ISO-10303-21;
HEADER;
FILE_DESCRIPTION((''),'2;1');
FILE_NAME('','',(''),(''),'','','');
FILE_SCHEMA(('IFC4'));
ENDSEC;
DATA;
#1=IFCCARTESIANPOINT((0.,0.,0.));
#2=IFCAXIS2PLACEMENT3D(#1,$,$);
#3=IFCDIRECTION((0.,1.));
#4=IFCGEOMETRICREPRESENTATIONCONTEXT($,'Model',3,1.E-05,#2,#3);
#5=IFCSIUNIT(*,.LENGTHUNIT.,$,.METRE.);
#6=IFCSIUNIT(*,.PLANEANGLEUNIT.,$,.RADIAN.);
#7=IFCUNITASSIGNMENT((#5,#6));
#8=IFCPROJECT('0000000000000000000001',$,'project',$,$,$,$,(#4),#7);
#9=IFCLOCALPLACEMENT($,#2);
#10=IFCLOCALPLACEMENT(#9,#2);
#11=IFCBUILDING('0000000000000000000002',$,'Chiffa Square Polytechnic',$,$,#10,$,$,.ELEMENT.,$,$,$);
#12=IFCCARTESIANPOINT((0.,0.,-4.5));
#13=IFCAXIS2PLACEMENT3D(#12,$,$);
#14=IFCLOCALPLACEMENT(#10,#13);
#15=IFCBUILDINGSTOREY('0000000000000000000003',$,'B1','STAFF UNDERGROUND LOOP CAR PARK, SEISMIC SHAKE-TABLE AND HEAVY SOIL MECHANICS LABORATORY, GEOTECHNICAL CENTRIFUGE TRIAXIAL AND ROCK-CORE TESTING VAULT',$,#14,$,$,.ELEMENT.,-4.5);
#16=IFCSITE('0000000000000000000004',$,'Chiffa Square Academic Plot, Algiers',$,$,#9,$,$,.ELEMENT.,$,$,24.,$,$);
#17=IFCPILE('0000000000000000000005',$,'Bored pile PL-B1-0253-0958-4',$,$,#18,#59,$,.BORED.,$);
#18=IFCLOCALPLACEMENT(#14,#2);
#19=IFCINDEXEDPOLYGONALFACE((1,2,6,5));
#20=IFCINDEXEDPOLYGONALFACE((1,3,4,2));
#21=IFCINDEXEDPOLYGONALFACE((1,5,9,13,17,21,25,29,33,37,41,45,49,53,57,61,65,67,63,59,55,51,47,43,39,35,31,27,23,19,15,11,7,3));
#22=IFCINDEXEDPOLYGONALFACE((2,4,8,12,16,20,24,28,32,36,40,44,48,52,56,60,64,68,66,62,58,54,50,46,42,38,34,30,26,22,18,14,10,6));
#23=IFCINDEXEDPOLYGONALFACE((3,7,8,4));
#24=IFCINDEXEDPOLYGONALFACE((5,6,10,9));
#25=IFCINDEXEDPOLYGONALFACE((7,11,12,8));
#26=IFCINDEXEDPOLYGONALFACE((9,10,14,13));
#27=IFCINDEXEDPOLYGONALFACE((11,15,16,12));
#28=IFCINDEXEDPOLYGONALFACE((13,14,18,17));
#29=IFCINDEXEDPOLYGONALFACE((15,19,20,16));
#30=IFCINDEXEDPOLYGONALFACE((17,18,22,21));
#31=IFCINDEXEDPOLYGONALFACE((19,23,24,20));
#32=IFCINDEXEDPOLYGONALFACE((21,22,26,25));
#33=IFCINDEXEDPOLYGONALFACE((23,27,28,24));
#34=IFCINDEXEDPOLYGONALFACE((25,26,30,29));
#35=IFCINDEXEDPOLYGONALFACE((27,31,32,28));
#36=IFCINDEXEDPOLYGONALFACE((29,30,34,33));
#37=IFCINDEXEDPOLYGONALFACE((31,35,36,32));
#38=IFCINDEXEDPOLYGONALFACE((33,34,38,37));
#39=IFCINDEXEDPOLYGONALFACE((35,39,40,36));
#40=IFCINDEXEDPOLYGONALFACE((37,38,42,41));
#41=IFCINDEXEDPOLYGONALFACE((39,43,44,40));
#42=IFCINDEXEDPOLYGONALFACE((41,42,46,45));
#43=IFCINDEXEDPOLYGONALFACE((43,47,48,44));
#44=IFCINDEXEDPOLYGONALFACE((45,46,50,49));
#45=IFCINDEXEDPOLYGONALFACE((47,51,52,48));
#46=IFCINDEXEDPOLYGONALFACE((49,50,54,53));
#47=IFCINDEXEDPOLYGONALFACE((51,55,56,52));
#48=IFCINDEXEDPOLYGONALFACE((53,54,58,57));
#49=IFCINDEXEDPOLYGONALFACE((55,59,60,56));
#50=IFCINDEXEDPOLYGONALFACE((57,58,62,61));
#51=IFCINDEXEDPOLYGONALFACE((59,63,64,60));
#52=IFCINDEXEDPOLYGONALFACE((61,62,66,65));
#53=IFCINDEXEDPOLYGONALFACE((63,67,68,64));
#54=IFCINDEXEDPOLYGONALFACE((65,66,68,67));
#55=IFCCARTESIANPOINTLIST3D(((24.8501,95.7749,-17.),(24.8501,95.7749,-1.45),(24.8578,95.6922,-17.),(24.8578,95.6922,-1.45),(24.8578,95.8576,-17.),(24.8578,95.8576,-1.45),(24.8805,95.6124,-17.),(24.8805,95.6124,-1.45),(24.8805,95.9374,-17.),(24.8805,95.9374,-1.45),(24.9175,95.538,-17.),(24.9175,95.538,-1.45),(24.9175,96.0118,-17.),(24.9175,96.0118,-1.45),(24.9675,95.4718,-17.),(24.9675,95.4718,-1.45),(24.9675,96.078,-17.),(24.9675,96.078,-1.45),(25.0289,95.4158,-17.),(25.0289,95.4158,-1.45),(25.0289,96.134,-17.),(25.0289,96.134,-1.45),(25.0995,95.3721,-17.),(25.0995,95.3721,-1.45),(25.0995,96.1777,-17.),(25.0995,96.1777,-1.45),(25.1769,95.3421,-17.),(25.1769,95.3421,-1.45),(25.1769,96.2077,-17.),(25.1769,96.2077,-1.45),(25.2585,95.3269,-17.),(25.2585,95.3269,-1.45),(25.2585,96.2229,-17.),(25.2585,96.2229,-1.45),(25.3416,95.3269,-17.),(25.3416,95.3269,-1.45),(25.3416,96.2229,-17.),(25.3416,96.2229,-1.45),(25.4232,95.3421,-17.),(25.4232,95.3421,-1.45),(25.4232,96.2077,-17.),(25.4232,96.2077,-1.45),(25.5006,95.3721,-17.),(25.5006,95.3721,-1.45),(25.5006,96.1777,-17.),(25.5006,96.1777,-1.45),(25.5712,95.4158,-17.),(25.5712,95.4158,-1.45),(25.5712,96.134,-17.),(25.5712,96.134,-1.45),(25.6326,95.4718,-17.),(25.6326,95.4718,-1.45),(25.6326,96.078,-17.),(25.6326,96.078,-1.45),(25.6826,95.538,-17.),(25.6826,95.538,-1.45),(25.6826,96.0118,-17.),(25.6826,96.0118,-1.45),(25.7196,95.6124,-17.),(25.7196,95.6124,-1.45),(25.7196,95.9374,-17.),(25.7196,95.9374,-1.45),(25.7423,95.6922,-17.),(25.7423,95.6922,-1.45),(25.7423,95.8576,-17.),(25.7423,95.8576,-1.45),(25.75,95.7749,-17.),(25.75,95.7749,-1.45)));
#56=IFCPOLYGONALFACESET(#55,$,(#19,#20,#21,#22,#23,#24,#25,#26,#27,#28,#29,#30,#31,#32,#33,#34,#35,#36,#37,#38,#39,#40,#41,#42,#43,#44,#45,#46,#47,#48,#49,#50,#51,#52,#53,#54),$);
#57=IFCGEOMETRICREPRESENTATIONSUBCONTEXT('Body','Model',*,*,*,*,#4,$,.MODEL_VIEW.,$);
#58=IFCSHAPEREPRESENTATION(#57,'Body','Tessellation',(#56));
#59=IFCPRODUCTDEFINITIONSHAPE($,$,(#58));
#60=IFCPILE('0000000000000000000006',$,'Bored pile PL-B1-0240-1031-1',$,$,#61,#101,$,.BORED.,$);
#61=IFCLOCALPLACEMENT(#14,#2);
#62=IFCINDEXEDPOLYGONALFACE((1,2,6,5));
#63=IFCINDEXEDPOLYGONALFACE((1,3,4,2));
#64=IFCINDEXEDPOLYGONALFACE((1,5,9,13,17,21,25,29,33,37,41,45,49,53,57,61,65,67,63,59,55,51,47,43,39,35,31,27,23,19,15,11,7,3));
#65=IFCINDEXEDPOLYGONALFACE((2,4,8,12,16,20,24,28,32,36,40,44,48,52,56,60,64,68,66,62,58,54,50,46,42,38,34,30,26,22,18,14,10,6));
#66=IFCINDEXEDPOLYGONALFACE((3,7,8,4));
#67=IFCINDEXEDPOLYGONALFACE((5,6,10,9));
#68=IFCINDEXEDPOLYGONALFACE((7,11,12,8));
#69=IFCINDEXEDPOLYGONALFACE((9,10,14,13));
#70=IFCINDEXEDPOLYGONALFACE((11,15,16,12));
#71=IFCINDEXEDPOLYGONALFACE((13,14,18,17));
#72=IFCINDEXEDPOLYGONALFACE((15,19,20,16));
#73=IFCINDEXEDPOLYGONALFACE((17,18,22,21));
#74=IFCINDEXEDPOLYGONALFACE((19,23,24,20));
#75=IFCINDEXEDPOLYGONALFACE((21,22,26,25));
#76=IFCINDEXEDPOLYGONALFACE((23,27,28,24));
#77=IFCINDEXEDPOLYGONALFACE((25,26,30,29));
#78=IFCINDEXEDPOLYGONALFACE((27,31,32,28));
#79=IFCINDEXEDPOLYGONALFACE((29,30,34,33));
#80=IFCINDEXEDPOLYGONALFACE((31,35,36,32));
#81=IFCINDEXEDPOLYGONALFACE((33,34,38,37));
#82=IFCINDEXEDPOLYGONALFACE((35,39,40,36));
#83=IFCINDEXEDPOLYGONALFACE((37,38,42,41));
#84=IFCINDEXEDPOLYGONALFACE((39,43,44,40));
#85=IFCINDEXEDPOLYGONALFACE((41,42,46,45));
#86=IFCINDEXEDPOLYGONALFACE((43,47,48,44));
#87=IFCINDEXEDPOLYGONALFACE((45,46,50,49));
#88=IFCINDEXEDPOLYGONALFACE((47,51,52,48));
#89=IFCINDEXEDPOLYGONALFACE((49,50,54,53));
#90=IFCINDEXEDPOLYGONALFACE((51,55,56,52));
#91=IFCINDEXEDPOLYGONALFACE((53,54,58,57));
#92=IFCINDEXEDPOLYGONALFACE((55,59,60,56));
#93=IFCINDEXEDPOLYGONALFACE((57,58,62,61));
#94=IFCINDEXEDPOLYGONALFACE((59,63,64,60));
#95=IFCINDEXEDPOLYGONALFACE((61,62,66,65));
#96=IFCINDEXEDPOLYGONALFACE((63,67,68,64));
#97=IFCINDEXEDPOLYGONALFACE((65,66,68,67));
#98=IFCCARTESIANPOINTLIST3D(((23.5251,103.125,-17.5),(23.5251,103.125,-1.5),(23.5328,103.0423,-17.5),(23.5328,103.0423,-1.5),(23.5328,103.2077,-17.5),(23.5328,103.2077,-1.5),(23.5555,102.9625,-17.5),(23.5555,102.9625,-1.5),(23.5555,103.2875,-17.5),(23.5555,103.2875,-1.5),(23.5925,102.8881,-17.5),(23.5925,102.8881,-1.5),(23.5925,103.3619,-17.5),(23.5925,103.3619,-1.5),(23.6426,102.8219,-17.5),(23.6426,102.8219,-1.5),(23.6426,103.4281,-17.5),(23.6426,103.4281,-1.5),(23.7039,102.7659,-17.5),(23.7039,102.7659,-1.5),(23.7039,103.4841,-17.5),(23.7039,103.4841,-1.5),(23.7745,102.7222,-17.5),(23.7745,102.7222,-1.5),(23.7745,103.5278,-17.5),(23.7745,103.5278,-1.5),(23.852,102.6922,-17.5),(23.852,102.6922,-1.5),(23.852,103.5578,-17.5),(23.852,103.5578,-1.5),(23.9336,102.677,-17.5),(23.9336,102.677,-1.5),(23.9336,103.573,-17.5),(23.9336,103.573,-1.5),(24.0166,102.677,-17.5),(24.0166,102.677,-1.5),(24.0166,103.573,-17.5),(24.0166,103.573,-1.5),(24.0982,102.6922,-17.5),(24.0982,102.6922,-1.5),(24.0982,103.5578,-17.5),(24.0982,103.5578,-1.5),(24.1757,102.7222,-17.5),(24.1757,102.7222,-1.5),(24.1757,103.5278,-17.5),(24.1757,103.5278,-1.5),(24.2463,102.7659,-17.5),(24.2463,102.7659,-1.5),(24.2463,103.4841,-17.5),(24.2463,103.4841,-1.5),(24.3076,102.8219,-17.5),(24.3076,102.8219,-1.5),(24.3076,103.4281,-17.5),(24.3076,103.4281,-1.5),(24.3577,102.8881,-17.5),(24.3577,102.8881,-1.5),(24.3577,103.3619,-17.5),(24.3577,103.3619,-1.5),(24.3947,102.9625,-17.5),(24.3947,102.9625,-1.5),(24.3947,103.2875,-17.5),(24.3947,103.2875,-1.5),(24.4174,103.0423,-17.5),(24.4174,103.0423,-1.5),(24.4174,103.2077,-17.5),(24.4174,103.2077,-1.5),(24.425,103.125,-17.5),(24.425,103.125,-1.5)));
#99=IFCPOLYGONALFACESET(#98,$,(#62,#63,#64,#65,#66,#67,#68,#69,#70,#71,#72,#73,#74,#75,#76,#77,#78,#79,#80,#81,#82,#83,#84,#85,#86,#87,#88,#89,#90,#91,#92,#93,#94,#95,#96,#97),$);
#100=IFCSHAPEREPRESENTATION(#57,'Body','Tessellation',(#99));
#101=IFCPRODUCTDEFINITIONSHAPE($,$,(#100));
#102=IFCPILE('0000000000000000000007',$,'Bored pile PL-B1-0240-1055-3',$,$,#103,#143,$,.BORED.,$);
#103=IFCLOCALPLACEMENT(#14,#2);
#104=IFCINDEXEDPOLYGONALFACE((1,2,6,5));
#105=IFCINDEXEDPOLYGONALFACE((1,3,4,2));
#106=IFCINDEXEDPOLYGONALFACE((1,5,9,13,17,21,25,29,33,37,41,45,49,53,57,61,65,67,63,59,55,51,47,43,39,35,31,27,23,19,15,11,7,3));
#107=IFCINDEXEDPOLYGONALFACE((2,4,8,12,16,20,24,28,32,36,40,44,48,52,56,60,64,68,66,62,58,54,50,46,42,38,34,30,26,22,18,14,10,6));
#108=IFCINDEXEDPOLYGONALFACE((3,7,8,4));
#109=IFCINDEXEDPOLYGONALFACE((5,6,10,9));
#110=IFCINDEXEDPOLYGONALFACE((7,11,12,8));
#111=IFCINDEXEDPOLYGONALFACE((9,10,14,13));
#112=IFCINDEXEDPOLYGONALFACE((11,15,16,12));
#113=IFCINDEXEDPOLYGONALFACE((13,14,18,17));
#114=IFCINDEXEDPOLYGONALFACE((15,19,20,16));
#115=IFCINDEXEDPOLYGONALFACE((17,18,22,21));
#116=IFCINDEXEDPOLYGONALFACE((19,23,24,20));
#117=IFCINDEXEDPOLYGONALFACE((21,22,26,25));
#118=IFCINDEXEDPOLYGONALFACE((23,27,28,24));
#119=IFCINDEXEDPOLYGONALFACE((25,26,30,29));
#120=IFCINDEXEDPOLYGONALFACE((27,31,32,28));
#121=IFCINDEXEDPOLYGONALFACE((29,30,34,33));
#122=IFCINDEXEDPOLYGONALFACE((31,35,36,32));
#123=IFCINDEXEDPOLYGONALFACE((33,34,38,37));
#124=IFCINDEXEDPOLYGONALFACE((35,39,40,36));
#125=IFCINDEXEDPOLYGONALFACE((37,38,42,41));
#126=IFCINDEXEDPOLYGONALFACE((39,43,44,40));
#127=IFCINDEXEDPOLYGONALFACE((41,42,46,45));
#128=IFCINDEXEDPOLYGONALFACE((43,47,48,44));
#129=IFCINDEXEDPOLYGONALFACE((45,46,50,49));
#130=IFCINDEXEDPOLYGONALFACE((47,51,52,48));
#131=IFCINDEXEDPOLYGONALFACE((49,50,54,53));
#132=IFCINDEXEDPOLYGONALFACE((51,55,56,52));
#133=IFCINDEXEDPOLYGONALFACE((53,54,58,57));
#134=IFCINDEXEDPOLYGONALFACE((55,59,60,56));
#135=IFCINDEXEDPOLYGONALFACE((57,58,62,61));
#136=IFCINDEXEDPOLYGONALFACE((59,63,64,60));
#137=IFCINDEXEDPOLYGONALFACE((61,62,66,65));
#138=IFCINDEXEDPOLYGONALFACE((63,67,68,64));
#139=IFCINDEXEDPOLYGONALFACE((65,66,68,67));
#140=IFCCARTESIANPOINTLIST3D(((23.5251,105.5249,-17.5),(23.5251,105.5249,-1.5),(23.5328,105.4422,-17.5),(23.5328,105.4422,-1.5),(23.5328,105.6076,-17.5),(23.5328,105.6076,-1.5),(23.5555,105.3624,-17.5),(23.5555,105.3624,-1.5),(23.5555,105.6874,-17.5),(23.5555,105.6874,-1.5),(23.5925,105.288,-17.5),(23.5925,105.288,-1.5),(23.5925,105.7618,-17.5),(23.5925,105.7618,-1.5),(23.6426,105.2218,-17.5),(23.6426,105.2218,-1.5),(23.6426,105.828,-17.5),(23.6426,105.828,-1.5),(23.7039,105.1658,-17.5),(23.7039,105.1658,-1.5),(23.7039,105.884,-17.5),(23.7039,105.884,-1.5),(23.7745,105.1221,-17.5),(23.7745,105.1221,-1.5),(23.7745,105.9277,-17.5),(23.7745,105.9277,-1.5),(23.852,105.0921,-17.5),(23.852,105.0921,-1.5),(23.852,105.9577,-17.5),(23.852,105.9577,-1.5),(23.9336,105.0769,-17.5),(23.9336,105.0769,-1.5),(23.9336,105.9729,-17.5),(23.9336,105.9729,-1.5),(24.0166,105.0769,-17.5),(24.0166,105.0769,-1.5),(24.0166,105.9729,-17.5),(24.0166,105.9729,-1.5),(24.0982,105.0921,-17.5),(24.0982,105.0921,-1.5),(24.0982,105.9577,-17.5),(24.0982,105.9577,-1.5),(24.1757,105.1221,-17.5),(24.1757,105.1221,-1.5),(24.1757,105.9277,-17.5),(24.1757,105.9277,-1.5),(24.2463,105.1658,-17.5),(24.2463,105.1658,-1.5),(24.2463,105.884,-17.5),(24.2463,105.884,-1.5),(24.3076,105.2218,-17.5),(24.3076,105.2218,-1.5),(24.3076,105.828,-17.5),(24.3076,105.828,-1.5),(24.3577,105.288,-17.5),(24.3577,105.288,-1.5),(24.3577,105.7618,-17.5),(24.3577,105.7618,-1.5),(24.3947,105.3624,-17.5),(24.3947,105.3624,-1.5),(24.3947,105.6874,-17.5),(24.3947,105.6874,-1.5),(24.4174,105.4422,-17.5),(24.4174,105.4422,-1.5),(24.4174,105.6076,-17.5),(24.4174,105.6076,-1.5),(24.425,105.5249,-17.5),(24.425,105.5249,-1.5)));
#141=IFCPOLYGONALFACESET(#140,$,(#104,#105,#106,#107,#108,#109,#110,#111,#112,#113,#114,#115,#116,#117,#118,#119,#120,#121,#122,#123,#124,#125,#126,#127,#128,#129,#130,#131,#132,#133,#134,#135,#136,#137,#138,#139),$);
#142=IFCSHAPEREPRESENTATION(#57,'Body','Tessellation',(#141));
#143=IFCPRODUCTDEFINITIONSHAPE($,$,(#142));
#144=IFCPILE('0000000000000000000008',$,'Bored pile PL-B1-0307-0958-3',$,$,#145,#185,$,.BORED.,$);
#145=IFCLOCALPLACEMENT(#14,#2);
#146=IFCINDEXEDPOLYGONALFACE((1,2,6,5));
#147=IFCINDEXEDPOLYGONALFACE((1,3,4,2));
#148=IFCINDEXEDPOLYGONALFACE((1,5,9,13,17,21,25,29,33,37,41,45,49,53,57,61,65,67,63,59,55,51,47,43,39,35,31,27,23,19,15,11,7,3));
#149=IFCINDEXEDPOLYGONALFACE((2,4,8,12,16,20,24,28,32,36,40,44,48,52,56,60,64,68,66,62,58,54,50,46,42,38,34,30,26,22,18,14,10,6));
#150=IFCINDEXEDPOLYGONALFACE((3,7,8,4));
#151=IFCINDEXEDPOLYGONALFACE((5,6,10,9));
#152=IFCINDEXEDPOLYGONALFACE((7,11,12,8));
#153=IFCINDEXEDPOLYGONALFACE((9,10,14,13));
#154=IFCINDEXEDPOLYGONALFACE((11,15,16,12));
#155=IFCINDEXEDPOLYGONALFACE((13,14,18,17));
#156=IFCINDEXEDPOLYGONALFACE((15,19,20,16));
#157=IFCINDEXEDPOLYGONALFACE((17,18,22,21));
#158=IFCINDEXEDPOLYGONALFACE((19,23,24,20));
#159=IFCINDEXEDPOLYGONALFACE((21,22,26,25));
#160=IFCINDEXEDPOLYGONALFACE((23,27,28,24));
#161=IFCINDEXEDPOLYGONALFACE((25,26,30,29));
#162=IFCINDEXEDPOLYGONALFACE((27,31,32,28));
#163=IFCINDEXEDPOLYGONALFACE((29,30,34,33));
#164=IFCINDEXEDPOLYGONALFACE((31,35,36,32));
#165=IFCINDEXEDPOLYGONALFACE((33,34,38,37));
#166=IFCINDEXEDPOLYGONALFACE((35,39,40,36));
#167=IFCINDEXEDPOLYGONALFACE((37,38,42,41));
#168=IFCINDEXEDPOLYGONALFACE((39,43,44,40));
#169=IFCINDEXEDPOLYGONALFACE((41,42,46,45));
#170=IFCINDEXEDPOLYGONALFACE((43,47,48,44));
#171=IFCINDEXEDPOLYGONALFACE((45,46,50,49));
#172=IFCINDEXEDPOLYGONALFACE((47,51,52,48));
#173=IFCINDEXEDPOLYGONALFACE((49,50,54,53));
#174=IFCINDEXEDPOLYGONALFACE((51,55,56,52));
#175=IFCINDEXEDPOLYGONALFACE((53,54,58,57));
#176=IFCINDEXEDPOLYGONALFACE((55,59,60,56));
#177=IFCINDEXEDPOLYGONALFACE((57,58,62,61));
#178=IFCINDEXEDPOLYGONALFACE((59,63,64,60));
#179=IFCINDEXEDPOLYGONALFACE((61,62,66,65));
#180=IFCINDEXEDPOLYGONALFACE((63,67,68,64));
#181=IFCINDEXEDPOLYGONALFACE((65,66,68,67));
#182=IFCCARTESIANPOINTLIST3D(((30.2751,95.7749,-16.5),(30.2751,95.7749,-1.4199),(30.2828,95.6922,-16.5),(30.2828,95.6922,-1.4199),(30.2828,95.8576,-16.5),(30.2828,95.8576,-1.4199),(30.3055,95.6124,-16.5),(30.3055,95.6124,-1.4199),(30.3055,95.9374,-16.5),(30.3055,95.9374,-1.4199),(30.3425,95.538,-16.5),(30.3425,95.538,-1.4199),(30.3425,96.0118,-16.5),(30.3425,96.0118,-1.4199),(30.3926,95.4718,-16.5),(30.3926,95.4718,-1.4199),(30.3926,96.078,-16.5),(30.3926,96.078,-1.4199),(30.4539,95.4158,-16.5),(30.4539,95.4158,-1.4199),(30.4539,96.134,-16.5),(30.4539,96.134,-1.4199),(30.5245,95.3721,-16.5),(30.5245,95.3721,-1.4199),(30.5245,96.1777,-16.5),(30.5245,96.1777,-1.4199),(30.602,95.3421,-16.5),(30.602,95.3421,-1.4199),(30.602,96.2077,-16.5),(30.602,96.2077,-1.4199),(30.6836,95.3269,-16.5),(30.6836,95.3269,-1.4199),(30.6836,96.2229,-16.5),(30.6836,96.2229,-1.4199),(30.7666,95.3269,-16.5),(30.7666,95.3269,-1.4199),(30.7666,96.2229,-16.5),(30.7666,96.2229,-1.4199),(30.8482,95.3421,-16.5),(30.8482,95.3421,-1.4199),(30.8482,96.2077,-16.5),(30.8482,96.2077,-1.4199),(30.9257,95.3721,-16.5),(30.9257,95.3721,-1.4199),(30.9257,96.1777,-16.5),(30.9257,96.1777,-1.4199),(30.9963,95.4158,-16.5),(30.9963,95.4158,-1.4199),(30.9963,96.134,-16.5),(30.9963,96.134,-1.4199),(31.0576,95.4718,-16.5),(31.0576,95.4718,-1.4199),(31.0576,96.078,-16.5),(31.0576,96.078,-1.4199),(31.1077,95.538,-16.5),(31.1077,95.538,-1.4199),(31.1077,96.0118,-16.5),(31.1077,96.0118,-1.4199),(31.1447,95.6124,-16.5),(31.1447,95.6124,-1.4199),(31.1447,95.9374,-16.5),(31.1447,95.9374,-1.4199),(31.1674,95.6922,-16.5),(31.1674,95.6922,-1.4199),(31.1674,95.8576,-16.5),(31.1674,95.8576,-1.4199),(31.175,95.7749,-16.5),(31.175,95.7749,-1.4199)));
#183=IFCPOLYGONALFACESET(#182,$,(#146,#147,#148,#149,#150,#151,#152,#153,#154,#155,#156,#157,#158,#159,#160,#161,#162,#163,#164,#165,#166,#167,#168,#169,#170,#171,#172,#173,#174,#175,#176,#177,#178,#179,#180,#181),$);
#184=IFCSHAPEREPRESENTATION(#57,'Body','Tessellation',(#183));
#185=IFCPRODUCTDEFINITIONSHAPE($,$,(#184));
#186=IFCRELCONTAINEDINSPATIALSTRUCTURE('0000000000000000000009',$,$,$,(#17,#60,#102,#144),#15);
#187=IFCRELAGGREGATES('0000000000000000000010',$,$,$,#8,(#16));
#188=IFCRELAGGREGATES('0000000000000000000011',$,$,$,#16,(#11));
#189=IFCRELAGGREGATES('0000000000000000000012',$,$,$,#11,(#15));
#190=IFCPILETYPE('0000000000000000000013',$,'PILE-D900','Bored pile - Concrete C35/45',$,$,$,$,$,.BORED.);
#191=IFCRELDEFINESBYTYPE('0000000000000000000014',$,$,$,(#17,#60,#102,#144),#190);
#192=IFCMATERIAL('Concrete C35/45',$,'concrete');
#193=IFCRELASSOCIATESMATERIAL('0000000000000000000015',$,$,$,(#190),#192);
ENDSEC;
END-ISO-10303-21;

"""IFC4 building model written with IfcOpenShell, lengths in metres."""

from ifc_helpers import new_model, si_unit, direction, frame, origin, origin_2d, place, context, subcontext, project, spatial, circle, extrude, material, material_profile, profile_set, type_object, element, save


model = new_model("IFC4")

# Units and contexts
model_context = context("Model", 3, precision=1e-05, world=origin(), true_north=direction((0.0, 1.0)))
body_context = subcontext(model_context, "Body", "Model", "MODEL_VIEW")
ifc_project = project(units=[si_unit("LENGTHUNIT", "METRE"), si_unit("PLANEANGLEUNIT", "RADIAN")], contexts=[model_context])

# Site, building, storey
site_placement = place(None, origin())
site = spatial("IfcSite", under=ifc_project, at=site_placement, Name="Chiffa Square Academic Plot, Algiers", CompositionType="ELEMENT", RefElevation=24.0)
building_placement = place(site_placement, origin())
building = spatial("IfcBuilding", under=site, at=building_placement, Name="Chiffa Square Polytechnic", CompositionType="ELEMENT")
storey_placement = place(building_placement, frame((0.0, 0.0, -4.5)))
storey = spatial("IfcBuildingStorey", under=building, at=storey_placement, Name="B1", Description="STAFF UNDERGROUND LOOP CAR PARK, SEISMIC SHAKE-TABLE AND HEAVY SOIL MECHANICS LABORATORY, GEOTECHNICAL CENTRIFUGE TRIAXIAL AND ROCK-CORE TESTING VAULT", CompositionType="ELEMENT", Elevation=-4.5)

# Shared definitions
ifc_material_1 = material(Name="Concrete C35/45", Category="concrete")

# Piles
ifc_material_profile_1 = material_profile(ifc_material_1, circle(Radius=0.45, at=origin_2d()), Name="PILE D900")
ifc_profile_set_1 = profile_set([ifc_material_profile_1], Name="Concrete C35/45")
pile_type = type_object("IfcPileType", Name="PILE-D900", Description="Bored pile - Concrete C35/45", PredefinedType="BORED", material=ifc_profile_set_1)
for number, where, z_axis, x_axis, name in (
    (1, (25.3, 95.7749, -1.45), (0.0, 0.0, -1.0), (1.0, 0.0, 0.0), "Bored pile PL-B1-0253-0958-4"),
):
    element("IfcPile", number, at=place(storey_placement, frame(where, z_axis=z_axis, x_axis=x_axis)), inside=storey, type_object=pile_type, Name=name, PredefinedType="BORED", context=body_context, shape_type="SweptSolid", body=[
        extrude(circle(Radius=0.45, at=origin_2d()), origin(), (0.0, 0.0, 1.0), 15.55),
    ])
for number, where, z_axis, x_axis, name in (
    (2, (23.9751, 103.125, -1.5), (0.0, 0.0, -1.0), (1.0, 0.0, 0.0), "Bored pile PL-B1-0240-1031-1"),
    (3, (23.9751, 105.5249, -1.5), (0.0, 0.0, -1.0), (1.0, 0.0, 0.0), "Bored pile PL-B1-0240-1055-3"),
):
    element("IfcPile", number, at=place(storey_placement, frame(where, z_axis=z_axis, x_axis=x_axis)), inside=storey, type_object=pile_type, Name=name, PredefinedType="BORED", context=body_context, shape_type="SweptSolid", body=[
        extrude(circle(Radius=0.45, at=origin_2d()), origin(), (0.0, 0.0, 1.0), 16.0),
    ])
pile_1_placement = place(storey_placement, frame((30.7251, 95.7749, -1.4199), z_axis=(0.0, 0.0, -1.0), x_axis=(1.0, 0.0, 0.0)))
element("IfcPile", 4, at=pile_1_placement, inside=storey, type_object=pile_type, Name="Bored pile PL-B1-0307-0958-3", PredefinedType="BORED", context=body_context, shape_type="SweptSolid", body=[
    extrude(circle(Radius=0.45, at=origin_2d()), origin(), (0.0, 0.0, 1.0), 15.0801),
])

save(model, "model.ifc")
